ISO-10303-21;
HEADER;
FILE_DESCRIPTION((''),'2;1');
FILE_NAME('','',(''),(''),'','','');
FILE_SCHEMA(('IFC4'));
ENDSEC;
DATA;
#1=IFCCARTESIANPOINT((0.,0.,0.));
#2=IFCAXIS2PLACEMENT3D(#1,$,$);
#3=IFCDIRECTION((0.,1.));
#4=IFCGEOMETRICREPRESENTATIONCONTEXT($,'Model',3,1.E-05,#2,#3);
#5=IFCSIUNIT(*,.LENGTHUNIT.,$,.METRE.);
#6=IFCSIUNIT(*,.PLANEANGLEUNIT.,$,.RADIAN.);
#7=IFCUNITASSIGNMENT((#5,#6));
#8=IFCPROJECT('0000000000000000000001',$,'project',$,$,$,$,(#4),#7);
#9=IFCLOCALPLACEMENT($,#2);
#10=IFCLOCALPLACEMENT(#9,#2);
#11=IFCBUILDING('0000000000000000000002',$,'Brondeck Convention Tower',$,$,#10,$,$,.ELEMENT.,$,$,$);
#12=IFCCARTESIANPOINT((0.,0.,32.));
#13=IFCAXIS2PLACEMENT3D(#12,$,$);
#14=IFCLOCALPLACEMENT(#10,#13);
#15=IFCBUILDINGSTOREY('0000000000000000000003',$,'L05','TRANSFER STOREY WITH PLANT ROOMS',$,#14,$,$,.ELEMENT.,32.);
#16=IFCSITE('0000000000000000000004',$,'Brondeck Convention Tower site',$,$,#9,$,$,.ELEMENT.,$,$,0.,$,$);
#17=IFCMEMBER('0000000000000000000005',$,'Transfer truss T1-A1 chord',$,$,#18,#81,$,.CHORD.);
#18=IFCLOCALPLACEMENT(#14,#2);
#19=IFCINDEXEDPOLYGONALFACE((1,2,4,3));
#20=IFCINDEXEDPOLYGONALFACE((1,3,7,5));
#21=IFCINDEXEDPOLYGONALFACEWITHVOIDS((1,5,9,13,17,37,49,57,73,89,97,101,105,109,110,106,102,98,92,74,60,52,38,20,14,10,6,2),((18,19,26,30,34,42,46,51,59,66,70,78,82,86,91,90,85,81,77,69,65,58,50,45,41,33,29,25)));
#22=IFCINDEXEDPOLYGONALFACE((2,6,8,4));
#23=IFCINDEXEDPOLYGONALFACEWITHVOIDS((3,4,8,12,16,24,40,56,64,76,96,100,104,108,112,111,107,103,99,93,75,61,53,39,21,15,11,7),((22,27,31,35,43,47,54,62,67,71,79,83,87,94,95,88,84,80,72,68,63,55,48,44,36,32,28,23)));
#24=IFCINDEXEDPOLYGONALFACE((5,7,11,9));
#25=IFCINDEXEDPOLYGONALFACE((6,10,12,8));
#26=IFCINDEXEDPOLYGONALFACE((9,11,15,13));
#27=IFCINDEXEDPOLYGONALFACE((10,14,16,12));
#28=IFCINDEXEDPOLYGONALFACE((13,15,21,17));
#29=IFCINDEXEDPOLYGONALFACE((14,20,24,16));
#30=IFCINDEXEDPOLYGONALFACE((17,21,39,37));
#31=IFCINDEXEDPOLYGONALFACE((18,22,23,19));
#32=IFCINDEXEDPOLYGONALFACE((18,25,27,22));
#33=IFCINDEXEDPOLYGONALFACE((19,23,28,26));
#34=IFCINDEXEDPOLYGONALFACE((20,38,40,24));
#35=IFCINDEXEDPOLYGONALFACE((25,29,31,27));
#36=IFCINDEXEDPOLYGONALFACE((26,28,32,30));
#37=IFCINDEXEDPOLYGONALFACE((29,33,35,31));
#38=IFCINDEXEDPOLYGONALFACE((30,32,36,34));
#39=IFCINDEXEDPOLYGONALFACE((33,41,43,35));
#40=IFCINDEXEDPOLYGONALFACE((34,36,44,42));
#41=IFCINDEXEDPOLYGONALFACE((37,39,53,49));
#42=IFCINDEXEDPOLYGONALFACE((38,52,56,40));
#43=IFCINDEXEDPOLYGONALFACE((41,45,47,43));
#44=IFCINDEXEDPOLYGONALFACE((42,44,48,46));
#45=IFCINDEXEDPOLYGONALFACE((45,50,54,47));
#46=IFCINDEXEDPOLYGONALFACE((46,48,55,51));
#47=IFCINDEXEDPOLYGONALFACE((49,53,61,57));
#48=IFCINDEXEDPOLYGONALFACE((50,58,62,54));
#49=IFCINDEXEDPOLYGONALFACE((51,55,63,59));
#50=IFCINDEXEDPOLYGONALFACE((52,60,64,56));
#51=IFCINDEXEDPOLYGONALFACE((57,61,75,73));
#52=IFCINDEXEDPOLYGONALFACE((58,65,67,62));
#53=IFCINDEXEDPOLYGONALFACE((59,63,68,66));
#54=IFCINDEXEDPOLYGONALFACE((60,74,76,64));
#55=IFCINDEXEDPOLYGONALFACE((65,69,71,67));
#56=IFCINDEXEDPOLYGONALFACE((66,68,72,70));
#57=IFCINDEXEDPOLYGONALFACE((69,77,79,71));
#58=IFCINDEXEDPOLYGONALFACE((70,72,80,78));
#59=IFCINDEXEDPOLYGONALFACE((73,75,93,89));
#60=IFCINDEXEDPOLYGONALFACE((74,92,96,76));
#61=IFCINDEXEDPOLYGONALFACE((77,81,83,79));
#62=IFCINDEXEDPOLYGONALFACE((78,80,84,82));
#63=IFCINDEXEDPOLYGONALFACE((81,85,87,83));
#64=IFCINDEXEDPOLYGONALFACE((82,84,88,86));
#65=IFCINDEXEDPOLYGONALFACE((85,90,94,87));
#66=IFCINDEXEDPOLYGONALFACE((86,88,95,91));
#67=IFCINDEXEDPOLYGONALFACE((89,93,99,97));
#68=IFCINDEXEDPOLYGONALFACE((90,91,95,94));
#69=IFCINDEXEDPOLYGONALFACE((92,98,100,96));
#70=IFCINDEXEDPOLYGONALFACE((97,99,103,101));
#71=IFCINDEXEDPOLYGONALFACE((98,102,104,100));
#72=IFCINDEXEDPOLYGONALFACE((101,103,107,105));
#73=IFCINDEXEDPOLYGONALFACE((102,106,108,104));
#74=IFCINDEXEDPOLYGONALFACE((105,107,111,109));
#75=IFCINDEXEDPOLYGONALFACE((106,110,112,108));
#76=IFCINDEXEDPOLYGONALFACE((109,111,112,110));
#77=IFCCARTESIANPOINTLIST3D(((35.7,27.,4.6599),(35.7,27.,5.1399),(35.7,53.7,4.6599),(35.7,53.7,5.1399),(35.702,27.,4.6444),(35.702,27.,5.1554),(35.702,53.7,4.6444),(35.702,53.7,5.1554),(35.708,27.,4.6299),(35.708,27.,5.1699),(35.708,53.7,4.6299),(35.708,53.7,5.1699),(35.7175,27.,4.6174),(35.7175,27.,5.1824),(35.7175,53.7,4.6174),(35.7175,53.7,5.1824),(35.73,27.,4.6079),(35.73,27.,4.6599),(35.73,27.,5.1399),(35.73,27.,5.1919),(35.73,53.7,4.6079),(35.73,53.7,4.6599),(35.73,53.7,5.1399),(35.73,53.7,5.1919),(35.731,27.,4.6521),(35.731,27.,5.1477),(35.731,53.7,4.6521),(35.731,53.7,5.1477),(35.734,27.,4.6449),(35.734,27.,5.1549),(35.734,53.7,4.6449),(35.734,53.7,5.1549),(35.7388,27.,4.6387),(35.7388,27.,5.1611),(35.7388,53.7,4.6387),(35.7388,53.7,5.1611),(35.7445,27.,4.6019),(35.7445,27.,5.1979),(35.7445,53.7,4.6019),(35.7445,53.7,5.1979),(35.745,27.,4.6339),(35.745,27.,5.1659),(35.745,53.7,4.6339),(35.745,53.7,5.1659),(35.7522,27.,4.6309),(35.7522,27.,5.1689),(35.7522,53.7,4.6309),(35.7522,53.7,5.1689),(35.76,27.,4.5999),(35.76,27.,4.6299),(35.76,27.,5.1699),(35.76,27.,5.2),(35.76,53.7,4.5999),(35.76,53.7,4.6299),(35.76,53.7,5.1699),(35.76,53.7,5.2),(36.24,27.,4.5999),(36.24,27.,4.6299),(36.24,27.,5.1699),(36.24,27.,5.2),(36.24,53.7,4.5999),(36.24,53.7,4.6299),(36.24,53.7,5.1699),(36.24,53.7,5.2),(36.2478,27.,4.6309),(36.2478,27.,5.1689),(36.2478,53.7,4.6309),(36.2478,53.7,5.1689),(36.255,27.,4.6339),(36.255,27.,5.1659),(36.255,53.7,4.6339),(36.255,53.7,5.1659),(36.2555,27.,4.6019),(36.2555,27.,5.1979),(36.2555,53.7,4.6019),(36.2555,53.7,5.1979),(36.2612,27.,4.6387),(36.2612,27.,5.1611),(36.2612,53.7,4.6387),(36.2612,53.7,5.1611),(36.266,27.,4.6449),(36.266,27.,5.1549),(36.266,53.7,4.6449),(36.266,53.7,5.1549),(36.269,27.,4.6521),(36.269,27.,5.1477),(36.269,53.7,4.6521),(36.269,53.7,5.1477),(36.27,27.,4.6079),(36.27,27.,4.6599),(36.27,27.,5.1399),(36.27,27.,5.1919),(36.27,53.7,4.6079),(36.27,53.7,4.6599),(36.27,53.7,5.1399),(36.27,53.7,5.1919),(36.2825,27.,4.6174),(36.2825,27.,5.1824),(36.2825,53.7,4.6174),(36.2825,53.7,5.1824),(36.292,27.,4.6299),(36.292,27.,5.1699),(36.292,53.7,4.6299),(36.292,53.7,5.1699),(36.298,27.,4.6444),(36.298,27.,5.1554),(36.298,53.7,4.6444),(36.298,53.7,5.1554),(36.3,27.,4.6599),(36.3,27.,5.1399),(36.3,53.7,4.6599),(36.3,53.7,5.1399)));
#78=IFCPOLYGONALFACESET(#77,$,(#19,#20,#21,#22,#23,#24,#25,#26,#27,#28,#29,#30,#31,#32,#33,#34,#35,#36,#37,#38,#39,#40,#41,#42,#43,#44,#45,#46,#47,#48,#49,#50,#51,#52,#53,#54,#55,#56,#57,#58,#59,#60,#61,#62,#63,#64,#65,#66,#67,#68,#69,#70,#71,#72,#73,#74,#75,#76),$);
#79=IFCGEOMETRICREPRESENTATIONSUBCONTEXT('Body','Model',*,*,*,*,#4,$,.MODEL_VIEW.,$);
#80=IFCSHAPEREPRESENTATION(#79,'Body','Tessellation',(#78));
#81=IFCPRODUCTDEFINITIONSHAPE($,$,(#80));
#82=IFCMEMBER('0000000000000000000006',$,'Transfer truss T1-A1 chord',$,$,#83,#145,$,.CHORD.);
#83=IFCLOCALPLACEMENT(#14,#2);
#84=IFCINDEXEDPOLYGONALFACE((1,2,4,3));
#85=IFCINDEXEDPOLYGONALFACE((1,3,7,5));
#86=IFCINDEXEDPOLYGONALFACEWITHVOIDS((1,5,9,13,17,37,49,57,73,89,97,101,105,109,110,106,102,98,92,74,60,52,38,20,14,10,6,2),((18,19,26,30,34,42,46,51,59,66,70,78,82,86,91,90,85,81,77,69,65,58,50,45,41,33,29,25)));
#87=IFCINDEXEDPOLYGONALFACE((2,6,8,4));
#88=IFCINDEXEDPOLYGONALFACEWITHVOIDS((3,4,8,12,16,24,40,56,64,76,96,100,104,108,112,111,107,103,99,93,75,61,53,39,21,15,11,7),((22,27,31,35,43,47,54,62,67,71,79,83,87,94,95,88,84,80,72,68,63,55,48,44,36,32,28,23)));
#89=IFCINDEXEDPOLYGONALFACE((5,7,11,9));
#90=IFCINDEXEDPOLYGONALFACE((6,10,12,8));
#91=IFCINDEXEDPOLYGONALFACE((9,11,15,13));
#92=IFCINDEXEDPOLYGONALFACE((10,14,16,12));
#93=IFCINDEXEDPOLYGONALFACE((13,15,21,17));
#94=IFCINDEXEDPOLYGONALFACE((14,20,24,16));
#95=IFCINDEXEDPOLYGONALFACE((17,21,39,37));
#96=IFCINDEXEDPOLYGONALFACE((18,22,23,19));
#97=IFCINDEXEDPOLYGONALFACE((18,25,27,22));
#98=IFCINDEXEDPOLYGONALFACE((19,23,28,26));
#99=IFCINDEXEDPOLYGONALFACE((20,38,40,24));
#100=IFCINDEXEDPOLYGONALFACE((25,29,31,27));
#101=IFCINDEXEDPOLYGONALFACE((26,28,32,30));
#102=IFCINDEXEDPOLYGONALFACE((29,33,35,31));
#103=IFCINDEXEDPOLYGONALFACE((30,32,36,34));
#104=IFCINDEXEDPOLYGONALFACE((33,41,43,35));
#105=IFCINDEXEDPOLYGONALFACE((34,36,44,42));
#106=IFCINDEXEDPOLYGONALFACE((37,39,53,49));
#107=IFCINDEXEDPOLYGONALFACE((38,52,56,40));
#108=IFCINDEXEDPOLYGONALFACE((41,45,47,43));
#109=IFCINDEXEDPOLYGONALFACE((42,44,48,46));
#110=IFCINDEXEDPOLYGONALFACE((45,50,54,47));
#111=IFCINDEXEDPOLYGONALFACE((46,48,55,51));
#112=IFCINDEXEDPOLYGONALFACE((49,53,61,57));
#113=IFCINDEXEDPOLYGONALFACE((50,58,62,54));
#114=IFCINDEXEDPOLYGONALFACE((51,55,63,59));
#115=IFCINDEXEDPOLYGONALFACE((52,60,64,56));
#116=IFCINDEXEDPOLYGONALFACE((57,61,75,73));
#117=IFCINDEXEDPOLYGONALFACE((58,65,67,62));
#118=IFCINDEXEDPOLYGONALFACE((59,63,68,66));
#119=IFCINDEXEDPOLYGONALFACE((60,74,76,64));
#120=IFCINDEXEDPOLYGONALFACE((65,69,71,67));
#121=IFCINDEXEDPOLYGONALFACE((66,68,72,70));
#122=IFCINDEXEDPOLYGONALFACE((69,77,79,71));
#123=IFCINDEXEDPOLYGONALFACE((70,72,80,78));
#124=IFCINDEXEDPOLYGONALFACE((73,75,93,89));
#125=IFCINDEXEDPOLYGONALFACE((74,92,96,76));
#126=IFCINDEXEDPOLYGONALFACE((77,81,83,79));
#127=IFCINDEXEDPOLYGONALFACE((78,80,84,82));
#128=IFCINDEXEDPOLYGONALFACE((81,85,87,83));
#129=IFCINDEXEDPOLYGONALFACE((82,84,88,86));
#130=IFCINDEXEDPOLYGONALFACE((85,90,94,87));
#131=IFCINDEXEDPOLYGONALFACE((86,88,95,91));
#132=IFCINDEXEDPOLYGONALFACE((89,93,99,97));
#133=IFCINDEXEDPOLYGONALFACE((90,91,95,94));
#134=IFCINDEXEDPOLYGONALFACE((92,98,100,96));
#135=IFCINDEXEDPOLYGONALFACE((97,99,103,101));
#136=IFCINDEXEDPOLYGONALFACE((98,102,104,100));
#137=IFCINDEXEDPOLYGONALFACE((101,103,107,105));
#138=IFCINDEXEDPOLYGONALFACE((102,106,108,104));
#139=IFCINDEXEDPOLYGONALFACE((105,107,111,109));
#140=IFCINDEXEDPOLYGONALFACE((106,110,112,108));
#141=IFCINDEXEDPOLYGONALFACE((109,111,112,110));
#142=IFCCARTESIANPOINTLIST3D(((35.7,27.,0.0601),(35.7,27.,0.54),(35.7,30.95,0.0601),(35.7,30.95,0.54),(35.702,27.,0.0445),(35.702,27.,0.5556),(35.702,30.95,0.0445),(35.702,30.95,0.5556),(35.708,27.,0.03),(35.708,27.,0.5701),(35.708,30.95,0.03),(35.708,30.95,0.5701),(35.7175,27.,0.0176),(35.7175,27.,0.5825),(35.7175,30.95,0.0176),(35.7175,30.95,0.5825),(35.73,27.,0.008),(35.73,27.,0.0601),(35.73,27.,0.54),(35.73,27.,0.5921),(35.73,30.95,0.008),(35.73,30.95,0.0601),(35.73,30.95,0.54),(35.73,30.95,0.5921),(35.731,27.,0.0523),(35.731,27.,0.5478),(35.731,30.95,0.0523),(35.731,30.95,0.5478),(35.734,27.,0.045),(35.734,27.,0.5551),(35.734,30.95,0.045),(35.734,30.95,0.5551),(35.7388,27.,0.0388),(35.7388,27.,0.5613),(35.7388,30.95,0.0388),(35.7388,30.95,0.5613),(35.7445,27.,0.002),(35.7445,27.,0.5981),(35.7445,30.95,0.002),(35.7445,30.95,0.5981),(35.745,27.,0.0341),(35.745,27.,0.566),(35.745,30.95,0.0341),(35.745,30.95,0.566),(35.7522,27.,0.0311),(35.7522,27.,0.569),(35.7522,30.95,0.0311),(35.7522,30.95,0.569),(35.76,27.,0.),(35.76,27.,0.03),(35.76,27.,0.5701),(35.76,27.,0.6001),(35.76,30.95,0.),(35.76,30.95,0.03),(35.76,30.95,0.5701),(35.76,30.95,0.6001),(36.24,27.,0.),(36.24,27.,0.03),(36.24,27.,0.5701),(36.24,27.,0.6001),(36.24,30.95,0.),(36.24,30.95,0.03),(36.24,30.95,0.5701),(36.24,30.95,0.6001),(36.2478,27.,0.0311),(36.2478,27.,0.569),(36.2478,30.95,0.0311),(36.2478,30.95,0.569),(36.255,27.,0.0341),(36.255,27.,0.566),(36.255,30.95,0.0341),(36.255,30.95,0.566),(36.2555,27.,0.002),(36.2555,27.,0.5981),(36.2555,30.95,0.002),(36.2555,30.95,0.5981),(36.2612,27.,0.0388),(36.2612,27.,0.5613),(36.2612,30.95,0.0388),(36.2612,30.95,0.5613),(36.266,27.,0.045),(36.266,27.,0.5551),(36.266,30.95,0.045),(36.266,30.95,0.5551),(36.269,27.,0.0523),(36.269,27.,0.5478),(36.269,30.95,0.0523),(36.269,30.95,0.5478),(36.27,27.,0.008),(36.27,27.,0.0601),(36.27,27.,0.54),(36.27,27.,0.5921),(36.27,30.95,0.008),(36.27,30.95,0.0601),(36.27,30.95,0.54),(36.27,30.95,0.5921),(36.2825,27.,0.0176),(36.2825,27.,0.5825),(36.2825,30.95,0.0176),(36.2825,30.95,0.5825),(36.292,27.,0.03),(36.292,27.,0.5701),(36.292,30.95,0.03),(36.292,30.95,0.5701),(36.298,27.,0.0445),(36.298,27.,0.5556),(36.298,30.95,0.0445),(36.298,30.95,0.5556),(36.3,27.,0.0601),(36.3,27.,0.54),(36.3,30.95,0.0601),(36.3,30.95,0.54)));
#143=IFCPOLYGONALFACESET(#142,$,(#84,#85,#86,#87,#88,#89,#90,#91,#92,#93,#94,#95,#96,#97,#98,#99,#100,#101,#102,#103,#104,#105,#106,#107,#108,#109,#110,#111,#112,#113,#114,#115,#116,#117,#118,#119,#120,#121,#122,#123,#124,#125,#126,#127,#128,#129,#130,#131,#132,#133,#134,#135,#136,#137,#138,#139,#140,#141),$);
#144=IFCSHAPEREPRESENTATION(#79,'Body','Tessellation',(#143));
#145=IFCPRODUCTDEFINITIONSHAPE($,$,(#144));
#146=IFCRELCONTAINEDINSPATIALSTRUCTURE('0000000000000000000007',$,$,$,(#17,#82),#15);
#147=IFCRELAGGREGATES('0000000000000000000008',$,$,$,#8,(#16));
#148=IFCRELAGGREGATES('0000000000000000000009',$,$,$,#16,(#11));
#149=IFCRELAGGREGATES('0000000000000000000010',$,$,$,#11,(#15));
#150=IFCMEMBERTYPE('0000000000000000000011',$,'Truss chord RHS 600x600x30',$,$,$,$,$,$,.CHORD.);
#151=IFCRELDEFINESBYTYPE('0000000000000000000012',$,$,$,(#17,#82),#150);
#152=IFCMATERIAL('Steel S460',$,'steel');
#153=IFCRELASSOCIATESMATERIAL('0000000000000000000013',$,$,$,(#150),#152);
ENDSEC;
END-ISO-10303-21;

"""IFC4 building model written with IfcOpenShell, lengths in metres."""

from ifc_helpers import new_model, si_unit, direction, frame, origin, origin_2d, place, context, subcontext, project, spatial, hollow_rectangle, extrude, material, material_profile, profile_set, type_object, element, save


model = new_model("IFC4")

# Units and contexts
model_context = context("Model", 3, precision=1e-05, world=origin(), true_north=direction((0.0, 1.0)))
body_context = subcontext(model_context, "Body", "Model", "MODEL_VIEW")
ifc_project = project(units=[si_unit("LENGTHUNIT", "METRE"), si_unit("PLANEANGLEUNIT", "RADIAN")], contexts=[model_context])

# Site, building, storey
site_placement = place(None, origin())
site = spatial("IfcSite", under=ifc_project, at=site_placement, Name="Brondeck Convention Tower site", CompositionType="ELEMENT", RefElevation=0.0)
building_placement = place(site_placement, origin())
building = spatial("IfcBuilding", under=site, at=building_placement, Name="Brondeck Convention Tower", CompositionType="ELEMENT")
storey_placement = place(building_placement, frame((0.0, 0.0, 32.0)))
storey = spatial("IfcBuildingStorey", under=building, at=storey_placement, Name="L05", Description="TRANSFER STOREY WITH PLANT ROOMS", CompositionType="ELEMENT", Elevation=32.0)

# Shared definitions
ifc_material_1 = material(Name="Steel S460", Category="steel")

# Members
ifc_material_profile_1 = material_profile(ifc_material_1, hollow_rectangle(XDim=0.6001, YDim=0.6001, WallThickness=0.03, InnerFilletRadius=0.03, OuterFilletRadius=0.0601, at=origin_2d()), Name="RHS 600x600x30")
ifc_profile_set_1 = profile_set([ifc_material_profile_1], Name="Steel S460")
member_type_1 = type_object("IfcMemberType", Name="Truss chord RHS 600x600x30", PredefinedType="CHORD", material=ifc_profile_set_1)
member_1_placement = place(storey_placement, frame((36.0, 27.0, 4.8999), z_axis=(0.0, 1.0, 0.0), x_axis=(-1.0, 0.0, 0.0)))
element("IfcMember", 1, at=member_1_placement, inside=storey, type_object=member_type_1, Name="Transfer truss T1-A1 chord", PredefinedType="CHORD", context=body_context, shape_type="SweptSolid", body=[
    extrude(hollow_rectangle(XDim=0.6001, YDim=0.6001, WallThickness=0.03, InnerFilletRadius=0.03, OuterFilletRadius=0.0601, at=origin_2d()), origin(), (0.0, 0.0, 1.0), 26.7),
])
member_2_placement = place(storey_placement, frame((36.0, 27.0, 0.3), z_axis=(0.0, 1.0, 0.0), x_axis=(-1.0, 0.0, 0.0)))
element("IfcMember", 2, at=member_2_placement, inside=storey, type_object=member_type_1, Name="Transfer truss T1-A1 chord", PredefinedType="CHORD", context=body_context, shape_type="SweptSolid", body=[
    extrude(hollow_rectangle(XDim=0.6001, YDim=0.6001, WallThickness=0.03, InnerFilletRadius=0.03, OuterFilletRadius=0.0601, at=origin_2d()), origin(), (0.0, 0.0, 1.0), 3.95),
])

save(model, "model.ifc")
